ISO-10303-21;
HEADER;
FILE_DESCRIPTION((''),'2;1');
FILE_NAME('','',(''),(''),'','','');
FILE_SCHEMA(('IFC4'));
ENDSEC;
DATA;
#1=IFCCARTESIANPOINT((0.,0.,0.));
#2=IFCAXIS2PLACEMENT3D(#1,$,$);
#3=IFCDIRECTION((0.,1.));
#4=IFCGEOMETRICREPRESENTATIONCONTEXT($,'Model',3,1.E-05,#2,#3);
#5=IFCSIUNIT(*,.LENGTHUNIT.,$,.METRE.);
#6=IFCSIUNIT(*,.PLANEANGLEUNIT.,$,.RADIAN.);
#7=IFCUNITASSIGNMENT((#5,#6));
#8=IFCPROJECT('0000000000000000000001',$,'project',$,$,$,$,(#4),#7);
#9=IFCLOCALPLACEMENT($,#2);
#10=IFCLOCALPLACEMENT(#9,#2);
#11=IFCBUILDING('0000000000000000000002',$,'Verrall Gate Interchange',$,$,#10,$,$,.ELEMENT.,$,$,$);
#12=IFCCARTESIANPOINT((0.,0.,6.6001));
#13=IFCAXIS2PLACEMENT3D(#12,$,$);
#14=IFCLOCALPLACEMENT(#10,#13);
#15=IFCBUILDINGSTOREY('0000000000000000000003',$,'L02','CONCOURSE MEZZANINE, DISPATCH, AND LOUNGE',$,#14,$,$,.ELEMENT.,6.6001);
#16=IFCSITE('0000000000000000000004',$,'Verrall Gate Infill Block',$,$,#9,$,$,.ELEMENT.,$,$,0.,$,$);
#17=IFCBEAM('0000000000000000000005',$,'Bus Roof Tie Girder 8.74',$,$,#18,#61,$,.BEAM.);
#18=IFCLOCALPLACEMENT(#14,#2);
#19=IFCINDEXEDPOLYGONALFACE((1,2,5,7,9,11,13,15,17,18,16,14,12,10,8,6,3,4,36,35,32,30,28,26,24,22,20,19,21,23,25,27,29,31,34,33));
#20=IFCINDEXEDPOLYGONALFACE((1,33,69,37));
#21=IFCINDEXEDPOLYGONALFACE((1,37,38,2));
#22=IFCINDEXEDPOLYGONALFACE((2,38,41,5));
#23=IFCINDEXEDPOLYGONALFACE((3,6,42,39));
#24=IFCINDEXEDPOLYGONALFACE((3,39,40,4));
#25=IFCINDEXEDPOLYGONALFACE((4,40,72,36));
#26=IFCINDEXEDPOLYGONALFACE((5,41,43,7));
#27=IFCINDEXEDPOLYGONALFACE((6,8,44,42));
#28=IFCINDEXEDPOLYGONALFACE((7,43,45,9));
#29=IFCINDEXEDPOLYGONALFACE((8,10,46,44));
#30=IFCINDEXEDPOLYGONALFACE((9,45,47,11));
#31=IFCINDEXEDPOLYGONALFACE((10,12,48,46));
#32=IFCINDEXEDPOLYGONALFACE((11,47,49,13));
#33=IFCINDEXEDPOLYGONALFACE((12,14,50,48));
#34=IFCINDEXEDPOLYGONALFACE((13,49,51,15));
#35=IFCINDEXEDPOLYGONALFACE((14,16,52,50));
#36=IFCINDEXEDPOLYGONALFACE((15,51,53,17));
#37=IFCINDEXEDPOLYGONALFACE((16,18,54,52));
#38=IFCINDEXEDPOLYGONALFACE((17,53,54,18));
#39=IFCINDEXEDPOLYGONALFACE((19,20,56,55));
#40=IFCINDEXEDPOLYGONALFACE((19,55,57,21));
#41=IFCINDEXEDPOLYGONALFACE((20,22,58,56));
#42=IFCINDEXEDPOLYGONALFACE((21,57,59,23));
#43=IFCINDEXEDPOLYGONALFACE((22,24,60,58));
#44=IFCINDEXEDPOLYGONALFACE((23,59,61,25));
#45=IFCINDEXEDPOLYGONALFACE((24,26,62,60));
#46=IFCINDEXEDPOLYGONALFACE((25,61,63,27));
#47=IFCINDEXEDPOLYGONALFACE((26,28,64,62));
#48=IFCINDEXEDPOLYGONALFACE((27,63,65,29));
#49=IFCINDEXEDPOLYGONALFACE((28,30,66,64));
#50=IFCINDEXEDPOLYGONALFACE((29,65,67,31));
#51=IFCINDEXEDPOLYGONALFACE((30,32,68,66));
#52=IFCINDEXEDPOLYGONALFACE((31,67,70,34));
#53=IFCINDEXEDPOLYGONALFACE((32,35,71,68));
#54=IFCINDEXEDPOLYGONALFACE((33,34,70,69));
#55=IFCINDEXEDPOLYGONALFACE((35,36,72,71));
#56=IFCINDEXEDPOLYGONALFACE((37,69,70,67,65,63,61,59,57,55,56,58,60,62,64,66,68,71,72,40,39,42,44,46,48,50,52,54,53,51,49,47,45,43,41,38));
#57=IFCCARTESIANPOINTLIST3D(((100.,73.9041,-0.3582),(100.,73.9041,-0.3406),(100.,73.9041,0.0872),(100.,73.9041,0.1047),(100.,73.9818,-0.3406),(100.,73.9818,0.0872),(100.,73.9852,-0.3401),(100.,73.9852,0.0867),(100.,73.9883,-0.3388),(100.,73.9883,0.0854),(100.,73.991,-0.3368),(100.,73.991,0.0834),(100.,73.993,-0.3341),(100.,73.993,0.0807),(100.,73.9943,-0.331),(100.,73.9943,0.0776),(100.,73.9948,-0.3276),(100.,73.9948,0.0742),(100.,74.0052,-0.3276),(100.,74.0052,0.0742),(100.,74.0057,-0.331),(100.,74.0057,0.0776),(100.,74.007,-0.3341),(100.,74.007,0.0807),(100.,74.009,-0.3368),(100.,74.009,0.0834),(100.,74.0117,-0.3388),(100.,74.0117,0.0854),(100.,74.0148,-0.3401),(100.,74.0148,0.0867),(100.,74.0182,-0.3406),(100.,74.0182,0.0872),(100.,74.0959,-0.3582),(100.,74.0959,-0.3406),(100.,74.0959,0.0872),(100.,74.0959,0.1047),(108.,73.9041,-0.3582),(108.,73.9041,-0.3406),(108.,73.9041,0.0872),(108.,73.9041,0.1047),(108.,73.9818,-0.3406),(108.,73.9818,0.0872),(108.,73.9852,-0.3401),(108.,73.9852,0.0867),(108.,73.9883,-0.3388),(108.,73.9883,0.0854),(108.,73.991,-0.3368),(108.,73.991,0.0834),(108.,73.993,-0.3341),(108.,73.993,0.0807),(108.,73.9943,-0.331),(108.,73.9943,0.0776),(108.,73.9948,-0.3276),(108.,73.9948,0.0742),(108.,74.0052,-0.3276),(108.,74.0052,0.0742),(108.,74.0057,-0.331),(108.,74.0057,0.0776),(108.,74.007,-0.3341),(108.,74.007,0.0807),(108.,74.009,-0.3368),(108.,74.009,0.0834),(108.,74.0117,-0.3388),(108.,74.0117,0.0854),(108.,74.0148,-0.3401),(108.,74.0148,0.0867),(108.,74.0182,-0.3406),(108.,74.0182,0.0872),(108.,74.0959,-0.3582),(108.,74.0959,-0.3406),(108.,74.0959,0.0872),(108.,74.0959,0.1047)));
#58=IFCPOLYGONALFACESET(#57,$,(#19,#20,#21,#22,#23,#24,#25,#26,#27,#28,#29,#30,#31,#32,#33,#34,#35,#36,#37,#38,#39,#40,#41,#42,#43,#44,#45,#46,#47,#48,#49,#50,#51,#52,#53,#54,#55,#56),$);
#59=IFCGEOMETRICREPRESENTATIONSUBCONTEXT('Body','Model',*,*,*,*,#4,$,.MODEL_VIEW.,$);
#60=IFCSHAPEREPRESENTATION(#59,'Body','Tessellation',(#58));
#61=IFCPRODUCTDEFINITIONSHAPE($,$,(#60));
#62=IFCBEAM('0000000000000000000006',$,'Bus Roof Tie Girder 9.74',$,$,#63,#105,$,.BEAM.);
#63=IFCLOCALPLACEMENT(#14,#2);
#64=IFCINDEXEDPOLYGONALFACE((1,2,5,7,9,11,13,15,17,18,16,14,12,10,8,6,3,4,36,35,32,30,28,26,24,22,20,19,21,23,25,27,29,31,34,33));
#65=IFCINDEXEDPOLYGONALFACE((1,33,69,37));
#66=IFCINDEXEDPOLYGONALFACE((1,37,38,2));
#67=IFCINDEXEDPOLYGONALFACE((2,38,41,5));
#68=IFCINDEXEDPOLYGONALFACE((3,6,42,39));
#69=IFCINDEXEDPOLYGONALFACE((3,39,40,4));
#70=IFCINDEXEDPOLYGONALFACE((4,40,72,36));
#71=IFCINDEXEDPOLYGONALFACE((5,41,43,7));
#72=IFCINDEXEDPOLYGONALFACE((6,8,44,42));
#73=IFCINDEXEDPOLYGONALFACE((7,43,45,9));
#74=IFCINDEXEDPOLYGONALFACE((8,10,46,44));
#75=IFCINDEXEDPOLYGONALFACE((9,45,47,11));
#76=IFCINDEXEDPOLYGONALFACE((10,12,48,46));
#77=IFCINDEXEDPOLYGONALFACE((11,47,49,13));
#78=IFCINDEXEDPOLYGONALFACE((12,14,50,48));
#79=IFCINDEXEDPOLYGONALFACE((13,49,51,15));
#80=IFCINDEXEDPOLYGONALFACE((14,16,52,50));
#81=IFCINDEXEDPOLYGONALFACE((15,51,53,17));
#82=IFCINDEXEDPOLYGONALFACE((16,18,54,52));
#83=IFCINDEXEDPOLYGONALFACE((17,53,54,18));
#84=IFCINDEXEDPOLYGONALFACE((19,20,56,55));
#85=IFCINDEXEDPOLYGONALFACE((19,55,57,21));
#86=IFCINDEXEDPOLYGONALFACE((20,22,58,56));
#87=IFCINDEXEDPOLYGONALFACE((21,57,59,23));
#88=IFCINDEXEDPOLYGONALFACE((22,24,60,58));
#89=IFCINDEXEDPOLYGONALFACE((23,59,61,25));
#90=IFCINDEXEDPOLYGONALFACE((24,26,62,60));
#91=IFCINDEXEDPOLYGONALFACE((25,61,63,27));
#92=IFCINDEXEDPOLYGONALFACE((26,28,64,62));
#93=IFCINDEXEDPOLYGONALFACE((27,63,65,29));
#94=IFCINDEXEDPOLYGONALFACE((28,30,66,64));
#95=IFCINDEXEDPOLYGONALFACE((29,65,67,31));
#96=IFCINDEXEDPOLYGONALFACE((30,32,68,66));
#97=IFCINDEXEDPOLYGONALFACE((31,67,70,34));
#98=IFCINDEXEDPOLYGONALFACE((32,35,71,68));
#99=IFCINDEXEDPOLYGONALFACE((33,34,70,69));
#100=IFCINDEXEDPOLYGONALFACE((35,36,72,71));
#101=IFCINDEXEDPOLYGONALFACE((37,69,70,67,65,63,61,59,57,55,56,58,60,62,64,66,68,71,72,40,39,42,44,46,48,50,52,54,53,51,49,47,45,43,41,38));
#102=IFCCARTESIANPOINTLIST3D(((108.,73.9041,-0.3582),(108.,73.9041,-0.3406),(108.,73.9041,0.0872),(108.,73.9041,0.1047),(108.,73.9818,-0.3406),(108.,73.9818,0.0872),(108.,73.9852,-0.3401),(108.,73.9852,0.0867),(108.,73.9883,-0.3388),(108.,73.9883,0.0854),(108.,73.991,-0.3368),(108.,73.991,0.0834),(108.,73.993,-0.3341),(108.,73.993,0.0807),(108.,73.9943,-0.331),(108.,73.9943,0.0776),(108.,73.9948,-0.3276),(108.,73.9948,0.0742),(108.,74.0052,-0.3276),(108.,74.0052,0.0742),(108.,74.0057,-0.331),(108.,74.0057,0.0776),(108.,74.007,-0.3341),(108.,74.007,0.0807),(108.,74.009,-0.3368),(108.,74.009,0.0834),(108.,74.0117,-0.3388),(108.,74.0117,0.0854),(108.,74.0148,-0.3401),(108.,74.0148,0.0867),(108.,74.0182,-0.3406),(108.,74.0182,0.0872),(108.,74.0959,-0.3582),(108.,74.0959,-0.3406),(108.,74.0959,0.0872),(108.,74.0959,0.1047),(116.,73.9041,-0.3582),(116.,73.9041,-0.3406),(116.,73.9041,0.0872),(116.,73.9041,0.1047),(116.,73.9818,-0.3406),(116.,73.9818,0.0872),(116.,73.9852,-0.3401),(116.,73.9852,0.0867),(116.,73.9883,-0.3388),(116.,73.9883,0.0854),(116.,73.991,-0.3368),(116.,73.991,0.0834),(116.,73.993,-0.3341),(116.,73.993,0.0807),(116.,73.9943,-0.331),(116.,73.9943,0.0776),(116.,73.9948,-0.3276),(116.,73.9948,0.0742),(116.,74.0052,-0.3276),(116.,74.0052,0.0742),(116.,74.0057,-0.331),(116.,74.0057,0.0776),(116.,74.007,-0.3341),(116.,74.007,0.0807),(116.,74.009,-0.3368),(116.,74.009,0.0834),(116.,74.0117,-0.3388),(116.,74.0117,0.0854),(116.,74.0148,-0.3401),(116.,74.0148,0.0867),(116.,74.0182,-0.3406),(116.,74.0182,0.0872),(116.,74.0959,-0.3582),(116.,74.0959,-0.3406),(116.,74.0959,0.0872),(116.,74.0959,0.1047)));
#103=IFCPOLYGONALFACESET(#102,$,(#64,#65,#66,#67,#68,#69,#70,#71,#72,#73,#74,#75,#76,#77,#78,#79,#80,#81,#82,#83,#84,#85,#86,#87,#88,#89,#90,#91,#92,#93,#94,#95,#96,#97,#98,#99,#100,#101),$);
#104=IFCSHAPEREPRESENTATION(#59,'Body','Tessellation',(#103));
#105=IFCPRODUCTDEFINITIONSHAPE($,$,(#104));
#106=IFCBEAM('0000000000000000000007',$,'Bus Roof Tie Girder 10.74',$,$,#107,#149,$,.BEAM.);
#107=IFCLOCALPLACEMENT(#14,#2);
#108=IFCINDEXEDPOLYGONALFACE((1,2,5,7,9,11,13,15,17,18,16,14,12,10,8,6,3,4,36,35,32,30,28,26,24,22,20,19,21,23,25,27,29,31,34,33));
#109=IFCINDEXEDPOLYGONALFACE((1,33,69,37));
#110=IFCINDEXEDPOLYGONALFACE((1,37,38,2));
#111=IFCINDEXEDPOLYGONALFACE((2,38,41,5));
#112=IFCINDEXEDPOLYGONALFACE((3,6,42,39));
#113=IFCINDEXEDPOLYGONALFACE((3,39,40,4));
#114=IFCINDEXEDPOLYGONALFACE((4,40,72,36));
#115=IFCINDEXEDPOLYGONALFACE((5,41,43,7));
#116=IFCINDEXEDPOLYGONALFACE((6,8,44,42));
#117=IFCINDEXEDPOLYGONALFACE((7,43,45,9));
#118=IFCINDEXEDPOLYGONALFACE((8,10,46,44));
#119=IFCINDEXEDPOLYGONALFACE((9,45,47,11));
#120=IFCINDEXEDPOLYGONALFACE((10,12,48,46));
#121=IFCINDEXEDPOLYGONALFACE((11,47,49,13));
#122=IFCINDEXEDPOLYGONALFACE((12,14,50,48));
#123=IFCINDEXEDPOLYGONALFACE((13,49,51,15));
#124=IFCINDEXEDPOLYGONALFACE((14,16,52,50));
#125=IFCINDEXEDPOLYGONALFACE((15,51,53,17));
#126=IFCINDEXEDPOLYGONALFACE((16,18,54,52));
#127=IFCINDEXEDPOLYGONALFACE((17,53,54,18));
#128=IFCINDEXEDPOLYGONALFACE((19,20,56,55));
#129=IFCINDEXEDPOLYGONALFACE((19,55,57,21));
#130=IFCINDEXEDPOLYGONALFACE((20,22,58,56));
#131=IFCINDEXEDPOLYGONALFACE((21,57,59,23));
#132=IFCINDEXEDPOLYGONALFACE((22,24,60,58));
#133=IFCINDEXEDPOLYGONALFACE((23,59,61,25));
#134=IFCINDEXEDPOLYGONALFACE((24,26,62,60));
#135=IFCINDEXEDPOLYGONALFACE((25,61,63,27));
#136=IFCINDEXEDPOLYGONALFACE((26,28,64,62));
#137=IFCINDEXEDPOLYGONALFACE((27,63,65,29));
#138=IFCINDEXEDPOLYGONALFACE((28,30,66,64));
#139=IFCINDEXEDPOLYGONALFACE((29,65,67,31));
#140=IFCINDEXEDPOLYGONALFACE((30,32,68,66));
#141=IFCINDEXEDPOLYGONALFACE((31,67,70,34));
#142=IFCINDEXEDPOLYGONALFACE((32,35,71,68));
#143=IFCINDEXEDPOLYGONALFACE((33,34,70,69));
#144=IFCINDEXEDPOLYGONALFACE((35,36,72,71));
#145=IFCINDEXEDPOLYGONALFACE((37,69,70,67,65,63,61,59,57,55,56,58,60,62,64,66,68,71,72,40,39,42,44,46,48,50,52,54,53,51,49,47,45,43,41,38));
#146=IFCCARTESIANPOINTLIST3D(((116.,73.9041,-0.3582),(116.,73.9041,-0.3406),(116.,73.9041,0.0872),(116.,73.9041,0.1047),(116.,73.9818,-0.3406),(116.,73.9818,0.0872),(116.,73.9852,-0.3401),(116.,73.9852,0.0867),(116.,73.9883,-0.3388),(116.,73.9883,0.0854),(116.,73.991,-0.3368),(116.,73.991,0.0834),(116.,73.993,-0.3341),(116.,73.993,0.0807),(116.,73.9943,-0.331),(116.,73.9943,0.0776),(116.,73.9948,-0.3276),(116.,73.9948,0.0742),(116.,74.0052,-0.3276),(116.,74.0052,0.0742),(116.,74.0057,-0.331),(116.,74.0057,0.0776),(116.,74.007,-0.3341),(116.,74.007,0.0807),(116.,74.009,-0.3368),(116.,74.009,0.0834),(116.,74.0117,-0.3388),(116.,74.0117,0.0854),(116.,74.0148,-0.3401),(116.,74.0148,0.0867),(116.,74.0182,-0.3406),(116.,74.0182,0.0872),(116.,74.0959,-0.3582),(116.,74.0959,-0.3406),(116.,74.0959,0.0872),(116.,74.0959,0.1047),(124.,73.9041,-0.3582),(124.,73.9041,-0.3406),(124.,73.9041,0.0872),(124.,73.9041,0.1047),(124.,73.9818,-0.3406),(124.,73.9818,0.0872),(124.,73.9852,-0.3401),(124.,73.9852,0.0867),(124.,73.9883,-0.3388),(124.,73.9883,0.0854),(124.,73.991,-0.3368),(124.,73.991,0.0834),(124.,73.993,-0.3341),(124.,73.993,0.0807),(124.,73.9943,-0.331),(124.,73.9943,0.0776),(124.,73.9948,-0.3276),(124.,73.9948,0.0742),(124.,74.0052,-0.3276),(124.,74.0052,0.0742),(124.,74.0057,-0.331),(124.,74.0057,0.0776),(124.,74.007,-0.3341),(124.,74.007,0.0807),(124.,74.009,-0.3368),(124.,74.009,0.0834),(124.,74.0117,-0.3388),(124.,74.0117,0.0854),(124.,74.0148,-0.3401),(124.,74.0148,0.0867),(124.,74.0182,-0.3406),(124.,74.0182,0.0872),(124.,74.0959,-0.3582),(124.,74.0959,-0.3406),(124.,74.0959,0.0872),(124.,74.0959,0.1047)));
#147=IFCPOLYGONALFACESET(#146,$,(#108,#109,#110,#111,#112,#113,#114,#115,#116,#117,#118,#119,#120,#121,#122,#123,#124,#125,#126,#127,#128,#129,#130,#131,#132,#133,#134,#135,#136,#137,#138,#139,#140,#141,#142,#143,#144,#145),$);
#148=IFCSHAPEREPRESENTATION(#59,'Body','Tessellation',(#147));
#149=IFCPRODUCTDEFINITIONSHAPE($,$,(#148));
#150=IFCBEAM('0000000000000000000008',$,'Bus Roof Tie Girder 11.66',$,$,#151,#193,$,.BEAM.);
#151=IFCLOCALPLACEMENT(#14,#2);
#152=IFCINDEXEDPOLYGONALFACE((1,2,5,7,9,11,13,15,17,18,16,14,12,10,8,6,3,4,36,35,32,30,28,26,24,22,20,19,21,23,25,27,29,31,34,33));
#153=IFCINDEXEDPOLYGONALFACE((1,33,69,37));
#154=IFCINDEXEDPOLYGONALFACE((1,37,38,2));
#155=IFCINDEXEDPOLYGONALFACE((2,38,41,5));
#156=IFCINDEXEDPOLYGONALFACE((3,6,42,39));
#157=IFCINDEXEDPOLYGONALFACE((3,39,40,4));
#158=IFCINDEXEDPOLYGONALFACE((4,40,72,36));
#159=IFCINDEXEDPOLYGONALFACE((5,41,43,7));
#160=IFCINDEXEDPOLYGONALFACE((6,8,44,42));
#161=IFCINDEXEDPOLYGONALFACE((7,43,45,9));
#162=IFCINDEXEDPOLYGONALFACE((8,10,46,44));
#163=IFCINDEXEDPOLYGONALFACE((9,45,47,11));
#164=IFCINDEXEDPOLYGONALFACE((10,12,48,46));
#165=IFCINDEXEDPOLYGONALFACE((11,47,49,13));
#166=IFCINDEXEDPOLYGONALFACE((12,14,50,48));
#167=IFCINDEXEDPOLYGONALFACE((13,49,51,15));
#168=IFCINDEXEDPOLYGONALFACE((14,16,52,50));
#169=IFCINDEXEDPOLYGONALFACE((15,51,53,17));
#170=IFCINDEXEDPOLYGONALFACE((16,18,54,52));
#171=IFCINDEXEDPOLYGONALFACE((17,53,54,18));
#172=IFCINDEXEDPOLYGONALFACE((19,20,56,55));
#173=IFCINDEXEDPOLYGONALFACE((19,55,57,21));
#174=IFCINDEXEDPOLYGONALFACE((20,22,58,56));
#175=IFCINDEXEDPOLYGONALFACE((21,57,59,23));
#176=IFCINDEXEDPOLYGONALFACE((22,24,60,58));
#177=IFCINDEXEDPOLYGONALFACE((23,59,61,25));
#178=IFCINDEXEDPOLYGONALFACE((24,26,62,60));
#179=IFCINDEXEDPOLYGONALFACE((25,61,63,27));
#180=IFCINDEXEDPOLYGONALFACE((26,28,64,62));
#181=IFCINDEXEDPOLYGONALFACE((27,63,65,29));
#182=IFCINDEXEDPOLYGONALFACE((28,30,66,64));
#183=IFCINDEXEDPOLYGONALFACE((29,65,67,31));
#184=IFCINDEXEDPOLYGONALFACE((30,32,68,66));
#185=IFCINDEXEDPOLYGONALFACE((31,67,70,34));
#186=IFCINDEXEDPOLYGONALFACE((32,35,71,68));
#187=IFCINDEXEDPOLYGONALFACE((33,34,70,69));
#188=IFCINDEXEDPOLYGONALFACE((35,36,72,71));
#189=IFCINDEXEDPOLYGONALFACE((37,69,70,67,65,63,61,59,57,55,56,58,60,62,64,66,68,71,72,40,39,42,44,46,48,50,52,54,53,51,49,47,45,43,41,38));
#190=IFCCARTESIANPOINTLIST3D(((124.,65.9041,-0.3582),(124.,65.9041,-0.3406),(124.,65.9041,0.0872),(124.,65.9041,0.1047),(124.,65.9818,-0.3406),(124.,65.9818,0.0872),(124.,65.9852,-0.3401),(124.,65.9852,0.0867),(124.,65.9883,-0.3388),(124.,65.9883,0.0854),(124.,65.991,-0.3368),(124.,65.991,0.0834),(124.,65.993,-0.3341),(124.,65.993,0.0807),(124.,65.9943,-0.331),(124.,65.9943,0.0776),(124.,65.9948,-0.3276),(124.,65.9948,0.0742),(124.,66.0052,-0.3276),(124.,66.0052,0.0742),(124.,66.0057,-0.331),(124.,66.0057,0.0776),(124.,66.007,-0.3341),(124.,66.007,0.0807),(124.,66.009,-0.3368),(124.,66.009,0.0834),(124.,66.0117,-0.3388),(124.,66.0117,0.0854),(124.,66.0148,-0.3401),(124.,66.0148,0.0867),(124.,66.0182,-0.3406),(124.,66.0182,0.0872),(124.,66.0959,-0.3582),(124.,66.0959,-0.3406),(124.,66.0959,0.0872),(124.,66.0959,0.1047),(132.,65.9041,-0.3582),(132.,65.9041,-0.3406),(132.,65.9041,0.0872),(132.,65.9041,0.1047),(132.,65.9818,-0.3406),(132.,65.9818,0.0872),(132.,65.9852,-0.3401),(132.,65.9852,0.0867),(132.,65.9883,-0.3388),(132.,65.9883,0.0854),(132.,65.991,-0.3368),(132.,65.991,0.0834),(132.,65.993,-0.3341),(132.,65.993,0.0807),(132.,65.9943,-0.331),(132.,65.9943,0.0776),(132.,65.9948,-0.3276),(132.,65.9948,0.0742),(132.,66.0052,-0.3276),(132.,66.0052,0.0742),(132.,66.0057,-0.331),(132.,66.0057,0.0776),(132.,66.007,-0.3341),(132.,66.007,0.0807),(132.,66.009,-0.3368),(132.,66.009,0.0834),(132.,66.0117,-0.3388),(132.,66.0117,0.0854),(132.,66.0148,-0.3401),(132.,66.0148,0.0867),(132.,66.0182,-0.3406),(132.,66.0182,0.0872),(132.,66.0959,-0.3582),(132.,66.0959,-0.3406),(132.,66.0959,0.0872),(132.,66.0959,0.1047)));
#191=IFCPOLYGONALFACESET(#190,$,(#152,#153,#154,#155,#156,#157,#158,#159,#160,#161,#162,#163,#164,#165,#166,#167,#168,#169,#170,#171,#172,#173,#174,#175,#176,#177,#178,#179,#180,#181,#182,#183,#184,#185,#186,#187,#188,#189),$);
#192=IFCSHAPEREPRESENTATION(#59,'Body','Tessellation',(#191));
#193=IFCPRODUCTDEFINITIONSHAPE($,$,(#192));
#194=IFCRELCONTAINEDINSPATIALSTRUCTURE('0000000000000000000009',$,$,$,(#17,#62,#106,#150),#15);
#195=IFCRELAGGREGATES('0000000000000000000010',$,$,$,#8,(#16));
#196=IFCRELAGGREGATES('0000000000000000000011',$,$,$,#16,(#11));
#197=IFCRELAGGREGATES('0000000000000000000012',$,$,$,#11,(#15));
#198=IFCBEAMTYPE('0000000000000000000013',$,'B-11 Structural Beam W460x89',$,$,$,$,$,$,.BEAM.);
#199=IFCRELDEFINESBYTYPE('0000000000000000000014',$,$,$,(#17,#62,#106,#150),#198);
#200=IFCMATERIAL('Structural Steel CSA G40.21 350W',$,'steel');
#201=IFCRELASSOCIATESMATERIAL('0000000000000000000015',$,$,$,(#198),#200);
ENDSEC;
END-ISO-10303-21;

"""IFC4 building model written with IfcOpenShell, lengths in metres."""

from ifc_helpers import new_model, si_unit, direction, frame, origin, origin_2d, place, context, subcontext, project, spatial, i_section, extrude, material, material_profile, profile_set, type_object, element, save


model = new_model("IFC4")

# Units and contexts
model_context = context("Model", 3, precision=1e-05, world=origin(), true_north=direction((0.0, 1.0)))
body_context = subcontext(model_context, "Body", "Model", "MODEL_VIEW")
ifc_project = project(units=[si_unit("LENGTHUNIT", "METRE"), si_unit("PLANEANGLEUNIT", "RADIAN")], contexts=[model_context])

# Site, building, storey
site_placement = place(None, origin())
site = spatial("IfcSite", under=ifc_project, at=site_placement, Name="Verrall Gate Infill Block", CompositionType="ELEMENT", RefElevation=0.0)
building_placement = place(site_placement, origin())
building = spatial("IfcBuilding", under=site, at=building_placement, Name="Verrall Gate Interchange", CompositionType="ELEMENT")
storey_placement = place(building_placement, frame((0.0, 0.0, 6.6001)))
storey = spatial("IfcBuildingStorey", under=building, at=storey_placement, Name="L02", Description="CONCOURSE MEZZANINE, DISPATCH, AND LOUNGE", CompositionType="ELEMENT", Elevation=6.6001)

# Beams
ifc_material_1 = material(Name="Structural Steel CSA G40.21 350W", Category="steel")
ifc_material_profile_1 = material_profile(ifc_material_1, i_section(OverallWidth=0.1919, OverallDepth=0.4629, WebThickness=0.0105, FlangeThickness=0.0176, FilletRadius=0.0129, at=origin_2d()), Name="W460x89")
ifc_profile_set_1 = profile_set([ifc_material_profile_1], Name="Structural Steel CSA G40.21 350W")
beam_type_1 = type_object("IfcBeamType", Name="B-11 Structural Beam W460x89", PredefinedType="BEAM", material=ifc_profile_set_1)
for number, where, z_axis, x_axis, name in (
    (1, (100.0, 74.0, -0.1267), (1.0, 0.0, 0.0), (0.0, 1.0, 0.0), "Bus Roof Tie Girder 8.74"),
    (2, (108.0, 74.0, -0.1267), (1.0, 0.0, 0.0), (0.0, 1.0, 0.0), "Bus Roof Tie Girder 9.74"),
    (3, (116.0, 74.0, -0.1267), (1.0, 0.0, 0.0), (0.0, 1.0, 0.0), "Bus Roof Tie Girder 10.74"),
    (4, (124.0, 66.0, -0.1267), (1.0, 0.0, 0.0), (0.0, 1.0, 0.0), "Bus Roof Tie Girder 11.66"),
):
    element("IfcBeam", number, at=place(storey_placement, frame(where, z_axis=z_axis, x_axis=x_axis)), inside=storey, type_object=beam_type_1, Name=name, PredefinedType="BEAM", context=body_context, shape_type="SweptSolid", body=[
        extrude(i_section(OverallWidth=0.1919, OverallDepth=0.4629, WebThickness=0.0105, FlangeThickness=0.0176, FilletRadius=0.0129, at=origin_2d()), origin(), (0.0, 0.0, 1.0), 8.0),
    ])

save(model, "model.ifc")
